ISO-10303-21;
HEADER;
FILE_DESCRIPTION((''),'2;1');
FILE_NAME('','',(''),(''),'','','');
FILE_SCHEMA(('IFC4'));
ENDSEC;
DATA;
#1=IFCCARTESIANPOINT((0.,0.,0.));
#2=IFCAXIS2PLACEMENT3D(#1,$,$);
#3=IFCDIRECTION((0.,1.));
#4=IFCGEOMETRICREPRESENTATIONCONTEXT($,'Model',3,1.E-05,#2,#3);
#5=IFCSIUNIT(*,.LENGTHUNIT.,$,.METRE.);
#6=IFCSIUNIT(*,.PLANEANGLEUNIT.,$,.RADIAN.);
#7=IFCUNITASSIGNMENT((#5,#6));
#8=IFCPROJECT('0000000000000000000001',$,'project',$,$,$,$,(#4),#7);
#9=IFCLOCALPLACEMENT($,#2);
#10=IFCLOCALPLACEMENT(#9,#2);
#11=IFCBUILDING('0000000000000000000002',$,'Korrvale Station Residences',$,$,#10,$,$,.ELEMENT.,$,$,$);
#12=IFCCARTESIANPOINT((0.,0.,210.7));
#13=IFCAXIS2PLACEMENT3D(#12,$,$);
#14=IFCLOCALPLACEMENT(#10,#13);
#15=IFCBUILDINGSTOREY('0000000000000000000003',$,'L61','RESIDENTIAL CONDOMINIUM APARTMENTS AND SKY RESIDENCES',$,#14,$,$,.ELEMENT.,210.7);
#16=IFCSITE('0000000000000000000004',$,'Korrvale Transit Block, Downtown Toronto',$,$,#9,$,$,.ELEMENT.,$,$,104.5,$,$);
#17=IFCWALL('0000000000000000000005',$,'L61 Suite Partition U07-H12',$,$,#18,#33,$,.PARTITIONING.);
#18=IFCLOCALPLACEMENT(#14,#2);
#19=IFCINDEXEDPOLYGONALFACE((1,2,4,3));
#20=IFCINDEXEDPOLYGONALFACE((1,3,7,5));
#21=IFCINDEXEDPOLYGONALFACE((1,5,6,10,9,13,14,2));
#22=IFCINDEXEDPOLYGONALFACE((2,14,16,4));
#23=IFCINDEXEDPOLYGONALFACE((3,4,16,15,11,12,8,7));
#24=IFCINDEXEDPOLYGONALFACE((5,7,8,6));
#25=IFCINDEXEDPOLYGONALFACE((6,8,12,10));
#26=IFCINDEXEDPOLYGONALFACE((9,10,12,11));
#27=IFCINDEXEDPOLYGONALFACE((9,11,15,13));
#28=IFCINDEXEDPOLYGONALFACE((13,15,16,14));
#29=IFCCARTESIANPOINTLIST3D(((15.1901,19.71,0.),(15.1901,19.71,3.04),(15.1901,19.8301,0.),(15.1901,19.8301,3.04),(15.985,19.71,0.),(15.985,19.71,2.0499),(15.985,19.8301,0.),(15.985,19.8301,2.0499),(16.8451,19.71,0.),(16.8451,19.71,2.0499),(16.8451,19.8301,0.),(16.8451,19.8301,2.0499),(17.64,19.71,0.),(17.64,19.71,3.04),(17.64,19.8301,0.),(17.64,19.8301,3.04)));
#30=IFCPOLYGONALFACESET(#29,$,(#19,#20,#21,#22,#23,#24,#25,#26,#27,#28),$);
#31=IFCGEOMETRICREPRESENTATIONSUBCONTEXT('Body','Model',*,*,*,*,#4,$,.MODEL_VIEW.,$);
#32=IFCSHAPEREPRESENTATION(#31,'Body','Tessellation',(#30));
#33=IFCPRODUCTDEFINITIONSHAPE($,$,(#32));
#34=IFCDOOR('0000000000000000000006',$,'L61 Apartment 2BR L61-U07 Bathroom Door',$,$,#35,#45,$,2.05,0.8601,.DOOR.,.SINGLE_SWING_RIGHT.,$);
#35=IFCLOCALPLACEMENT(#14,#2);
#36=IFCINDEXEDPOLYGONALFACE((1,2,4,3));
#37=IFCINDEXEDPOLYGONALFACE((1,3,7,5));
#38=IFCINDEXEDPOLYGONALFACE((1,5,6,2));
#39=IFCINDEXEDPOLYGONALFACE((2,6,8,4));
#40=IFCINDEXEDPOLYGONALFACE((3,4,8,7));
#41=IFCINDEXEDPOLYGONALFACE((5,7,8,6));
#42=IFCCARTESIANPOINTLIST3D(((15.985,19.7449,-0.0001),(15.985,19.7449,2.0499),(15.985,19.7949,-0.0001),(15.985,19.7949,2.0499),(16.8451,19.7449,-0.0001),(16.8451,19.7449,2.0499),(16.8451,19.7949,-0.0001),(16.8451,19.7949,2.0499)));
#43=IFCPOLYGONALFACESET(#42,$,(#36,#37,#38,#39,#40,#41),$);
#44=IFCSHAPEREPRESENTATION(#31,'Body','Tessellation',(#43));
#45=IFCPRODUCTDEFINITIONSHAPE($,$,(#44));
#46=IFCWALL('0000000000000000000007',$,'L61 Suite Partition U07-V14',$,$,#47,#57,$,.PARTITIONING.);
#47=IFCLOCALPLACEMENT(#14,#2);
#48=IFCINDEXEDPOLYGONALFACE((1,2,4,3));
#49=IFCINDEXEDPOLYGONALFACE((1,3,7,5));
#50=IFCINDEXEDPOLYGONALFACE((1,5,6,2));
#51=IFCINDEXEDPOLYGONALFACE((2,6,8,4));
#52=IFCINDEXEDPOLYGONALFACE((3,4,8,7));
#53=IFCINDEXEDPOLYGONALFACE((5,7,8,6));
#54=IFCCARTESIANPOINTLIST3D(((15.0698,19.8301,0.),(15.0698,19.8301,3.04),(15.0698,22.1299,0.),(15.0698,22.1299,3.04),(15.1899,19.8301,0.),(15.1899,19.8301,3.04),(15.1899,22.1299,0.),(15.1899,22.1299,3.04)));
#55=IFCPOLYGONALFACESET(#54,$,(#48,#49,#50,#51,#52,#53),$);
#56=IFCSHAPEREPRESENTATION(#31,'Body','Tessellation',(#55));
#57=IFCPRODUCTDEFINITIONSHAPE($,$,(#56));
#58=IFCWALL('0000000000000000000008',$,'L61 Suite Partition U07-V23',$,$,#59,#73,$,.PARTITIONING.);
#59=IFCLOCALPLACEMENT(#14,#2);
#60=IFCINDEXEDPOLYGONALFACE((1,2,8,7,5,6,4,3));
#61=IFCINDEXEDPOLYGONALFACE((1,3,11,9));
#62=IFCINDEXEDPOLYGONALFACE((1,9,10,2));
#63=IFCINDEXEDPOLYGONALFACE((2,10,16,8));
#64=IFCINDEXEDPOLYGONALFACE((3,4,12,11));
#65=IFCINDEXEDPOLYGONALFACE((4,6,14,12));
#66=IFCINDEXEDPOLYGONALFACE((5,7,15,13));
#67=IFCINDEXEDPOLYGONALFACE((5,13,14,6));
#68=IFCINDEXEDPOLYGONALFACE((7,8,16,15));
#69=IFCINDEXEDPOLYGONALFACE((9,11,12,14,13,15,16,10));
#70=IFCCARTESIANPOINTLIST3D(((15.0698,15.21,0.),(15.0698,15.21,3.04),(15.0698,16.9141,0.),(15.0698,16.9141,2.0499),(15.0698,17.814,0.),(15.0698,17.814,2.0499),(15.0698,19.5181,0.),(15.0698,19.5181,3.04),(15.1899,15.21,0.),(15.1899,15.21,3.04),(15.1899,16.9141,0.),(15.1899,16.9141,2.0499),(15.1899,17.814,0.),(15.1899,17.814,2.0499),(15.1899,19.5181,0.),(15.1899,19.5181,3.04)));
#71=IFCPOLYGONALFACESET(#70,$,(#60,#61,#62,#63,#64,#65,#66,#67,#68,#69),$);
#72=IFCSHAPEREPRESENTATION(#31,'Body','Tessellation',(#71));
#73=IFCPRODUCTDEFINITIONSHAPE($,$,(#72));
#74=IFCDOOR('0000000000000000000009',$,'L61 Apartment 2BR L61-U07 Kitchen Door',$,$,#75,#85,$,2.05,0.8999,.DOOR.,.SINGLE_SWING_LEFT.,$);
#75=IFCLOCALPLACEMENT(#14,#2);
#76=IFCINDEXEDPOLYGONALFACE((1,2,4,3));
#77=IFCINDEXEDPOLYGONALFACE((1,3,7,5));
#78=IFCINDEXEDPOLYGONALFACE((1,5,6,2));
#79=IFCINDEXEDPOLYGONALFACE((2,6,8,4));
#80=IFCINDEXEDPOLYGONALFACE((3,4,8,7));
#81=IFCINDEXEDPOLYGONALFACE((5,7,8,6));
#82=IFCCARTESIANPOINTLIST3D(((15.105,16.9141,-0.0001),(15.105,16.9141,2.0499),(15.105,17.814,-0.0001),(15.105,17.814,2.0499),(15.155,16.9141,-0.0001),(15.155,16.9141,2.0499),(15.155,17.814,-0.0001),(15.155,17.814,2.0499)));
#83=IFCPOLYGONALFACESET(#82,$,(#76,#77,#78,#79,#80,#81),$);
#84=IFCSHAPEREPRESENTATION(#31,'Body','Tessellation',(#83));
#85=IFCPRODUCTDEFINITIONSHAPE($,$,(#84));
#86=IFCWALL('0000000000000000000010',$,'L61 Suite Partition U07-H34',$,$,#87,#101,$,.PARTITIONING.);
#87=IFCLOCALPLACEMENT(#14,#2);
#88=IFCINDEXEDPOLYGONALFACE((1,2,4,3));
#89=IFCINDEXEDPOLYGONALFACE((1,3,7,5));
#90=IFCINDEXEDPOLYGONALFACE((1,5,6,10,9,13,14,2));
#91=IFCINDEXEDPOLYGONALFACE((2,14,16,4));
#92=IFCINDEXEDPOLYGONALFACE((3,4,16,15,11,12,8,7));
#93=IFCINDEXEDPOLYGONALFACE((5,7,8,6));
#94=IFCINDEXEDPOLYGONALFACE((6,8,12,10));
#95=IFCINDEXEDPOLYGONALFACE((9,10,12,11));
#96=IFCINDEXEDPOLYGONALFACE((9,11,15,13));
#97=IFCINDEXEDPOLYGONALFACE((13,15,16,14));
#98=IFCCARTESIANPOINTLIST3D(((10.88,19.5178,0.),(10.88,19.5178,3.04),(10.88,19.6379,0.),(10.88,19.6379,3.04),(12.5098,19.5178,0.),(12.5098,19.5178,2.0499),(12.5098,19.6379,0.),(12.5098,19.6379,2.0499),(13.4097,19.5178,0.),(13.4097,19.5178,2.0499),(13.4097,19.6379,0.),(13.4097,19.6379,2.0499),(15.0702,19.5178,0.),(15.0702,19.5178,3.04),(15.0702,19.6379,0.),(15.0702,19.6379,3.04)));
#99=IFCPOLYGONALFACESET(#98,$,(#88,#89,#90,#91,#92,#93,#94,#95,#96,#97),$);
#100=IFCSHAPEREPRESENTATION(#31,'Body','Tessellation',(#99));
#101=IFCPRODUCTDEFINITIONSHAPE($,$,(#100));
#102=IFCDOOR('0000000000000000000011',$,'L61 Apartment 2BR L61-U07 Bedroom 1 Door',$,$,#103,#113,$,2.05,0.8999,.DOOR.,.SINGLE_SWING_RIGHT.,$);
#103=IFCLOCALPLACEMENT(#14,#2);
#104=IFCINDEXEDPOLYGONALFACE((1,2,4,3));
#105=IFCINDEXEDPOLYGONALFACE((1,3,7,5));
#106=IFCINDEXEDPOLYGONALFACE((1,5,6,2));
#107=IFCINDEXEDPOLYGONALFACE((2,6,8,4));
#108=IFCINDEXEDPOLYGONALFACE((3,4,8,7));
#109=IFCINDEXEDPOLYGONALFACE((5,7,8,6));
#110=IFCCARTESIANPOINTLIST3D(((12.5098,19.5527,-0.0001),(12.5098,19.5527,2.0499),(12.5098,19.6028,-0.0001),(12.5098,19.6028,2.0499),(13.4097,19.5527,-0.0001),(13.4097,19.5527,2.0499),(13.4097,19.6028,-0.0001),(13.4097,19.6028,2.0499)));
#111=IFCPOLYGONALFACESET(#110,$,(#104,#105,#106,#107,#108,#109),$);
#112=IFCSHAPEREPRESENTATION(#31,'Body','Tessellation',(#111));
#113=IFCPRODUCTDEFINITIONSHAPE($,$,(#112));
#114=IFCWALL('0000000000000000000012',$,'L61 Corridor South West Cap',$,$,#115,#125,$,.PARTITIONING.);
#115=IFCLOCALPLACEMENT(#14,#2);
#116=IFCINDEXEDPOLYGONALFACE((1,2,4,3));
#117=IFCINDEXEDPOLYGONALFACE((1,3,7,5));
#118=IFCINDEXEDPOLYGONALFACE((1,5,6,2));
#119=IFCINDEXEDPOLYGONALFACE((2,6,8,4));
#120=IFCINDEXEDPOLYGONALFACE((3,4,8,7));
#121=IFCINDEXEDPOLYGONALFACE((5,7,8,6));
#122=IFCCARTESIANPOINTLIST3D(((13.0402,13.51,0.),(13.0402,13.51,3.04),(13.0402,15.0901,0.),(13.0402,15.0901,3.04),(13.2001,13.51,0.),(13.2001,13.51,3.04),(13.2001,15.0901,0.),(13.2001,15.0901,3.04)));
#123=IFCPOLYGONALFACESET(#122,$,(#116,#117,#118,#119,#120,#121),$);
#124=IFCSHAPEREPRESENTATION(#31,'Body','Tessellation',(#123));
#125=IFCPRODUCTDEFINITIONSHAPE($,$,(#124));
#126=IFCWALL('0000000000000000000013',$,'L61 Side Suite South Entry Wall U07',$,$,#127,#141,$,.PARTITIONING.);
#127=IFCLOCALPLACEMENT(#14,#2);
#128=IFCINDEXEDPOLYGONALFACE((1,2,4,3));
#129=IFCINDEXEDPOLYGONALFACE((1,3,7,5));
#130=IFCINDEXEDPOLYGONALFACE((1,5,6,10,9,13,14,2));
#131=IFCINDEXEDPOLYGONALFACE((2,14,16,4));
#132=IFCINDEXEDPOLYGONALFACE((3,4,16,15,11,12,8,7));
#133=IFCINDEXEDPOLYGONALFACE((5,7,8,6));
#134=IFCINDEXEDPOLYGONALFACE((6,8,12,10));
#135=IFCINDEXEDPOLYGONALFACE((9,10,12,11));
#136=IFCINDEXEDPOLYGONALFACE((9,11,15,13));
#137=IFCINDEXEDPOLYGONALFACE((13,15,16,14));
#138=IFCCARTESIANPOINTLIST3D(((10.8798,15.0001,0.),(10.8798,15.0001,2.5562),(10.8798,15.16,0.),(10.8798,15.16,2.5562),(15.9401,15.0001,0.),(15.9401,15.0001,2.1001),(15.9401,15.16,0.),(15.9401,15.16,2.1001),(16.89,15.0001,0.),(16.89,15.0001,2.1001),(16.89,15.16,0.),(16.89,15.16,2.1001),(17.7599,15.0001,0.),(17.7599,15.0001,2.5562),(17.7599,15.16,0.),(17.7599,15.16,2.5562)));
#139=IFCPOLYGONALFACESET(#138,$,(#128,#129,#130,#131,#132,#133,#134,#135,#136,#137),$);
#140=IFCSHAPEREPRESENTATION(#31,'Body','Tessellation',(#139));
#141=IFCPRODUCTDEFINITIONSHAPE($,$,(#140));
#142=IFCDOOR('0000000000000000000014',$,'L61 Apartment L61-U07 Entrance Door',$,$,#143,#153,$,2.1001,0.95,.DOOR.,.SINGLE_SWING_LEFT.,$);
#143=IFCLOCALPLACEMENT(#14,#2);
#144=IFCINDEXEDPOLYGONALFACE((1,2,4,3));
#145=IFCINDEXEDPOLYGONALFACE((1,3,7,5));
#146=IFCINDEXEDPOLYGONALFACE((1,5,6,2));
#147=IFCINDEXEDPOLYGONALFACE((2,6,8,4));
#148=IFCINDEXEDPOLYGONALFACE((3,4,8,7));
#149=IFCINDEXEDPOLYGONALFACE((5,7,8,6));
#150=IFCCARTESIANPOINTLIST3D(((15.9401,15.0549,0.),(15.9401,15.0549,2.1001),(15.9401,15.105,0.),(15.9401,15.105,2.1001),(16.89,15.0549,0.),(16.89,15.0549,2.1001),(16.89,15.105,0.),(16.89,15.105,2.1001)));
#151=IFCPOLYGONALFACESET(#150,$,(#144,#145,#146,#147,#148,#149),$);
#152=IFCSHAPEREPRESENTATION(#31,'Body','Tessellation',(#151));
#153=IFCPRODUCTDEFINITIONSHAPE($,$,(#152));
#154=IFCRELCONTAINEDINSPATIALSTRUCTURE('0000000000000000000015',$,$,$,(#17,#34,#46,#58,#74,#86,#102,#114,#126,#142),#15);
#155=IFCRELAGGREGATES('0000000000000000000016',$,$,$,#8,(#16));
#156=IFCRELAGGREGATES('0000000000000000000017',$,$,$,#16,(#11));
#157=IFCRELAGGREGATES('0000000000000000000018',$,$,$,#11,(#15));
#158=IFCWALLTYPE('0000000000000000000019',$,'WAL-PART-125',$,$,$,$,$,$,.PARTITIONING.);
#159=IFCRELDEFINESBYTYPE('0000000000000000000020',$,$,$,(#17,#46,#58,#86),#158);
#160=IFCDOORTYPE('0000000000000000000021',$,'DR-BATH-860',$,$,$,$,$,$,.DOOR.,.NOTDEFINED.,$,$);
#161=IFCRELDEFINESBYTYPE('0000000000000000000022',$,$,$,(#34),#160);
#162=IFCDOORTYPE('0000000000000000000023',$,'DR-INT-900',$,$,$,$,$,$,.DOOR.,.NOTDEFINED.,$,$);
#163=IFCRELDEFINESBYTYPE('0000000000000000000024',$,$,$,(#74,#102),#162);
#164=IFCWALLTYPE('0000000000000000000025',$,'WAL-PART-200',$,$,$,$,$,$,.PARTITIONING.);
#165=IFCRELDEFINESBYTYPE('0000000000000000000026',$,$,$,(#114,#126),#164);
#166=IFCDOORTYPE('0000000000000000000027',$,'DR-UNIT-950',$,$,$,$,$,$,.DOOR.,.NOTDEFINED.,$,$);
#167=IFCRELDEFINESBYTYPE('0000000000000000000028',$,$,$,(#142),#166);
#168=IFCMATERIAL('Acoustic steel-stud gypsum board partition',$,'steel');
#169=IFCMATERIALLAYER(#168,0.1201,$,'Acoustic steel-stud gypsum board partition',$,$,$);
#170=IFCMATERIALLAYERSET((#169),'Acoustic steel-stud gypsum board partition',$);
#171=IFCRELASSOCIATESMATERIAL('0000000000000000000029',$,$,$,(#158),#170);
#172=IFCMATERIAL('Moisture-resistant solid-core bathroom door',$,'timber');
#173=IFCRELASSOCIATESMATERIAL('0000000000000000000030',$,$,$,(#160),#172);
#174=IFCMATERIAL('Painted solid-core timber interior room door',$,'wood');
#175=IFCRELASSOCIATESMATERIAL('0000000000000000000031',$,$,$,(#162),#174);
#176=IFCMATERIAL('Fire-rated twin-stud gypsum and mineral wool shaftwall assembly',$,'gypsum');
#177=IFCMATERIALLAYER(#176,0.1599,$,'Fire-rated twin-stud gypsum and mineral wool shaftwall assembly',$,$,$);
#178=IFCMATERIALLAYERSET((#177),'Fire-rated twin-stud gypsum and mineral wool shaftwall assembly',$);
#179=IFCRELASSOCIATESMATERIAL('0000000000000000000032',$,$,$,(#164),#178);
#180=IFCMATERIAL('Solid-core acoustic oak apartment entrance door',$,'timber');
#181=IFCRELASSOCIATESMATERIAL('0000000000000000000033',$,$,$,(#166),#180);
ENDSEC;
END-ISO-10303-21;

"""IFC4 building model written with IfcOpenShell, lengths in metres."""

from ifc_helpers import new_model, si_unit, direction, frame, frame_2d, origin, place, context, subcontext, project, spatial, rectangle, extrude, material, layer, layer_set, type_object, element, fill, save


model = new_model("IFC4")

# Units and contexts
model_context = context("Model", 3, precision=1e-05, world=origin(), true_north=direction((0.0, 1.0)))
body_context = subcontext(model_context, "Body", "Model", "MODEL_VIEW")
ifc_project = project(units=[si_unit("LENGTHUNIT", "METRE"), si_unit("PLANEANGLEUNIT", "RADIAN")], contexts=[model_context])

# Site, building, storey
site_placement = place(None, origin())
site = spatial("IfcSite", under=ifc_project, at=site_placement, Name="Korrvale Transit Block, Downtown Toronto", CompositionType="ELEMENT", RefElevation=104.5)
building_placement = place(site_placement, origin())
building = spatial("IfcBuilding", under=site, at=building_placement, Name="Korrvale Station Residences", CompositionType="ELEMENT")
storey_placement = place(building_placement, frame((0.0, 0.0, 210.7)))
storey = spatial("IfcBuildingStorey", under=building, at=storey_placement, Name="L61", Description="RESIDENTIAL CONDOMINIUM APARTMENTS AND SKY RESIDENCES", CompositionType="ELEMENT", Elevation=210.7)

# Shared definitions
ifc_material_1 = material(Name="Acoustic steel-stud gypsum board partition", Category="steel")
ifc_layer_1 = layer(ifc_material_1, 0.1201, Name="Acoustic steel-stud gypsum board partition")
ifc_layer_set_1 = layer_set([ifc_layer_1], Name="Acoustic steel-stud gypsum board partition")
wall_type_1 = type_object("IfcWallType", Name="WAL-PART-125", PredefinedType="PARTITIONING", material=ifc_layer_set_1)

# Wall, opening, door
wall_1_placement = place(storey_placement, frame((15.1899, 19.77, 0.0), z_axis=(0.0, 0.0, 1.0), x_axis=(1.0, 0.0, 0.0)))
wall_1 = element("IfcWall", 1, at=wall_1_placement, inside=storey, type_object=wall_type_1, Name="L61 Suite Partition U07-H12", PredefinedType="PARTITIONING", context=body_context, shape_type="SweptSolid", body=[
    extrude(rectangle(XDim=2.45, YDim=0.1201, at=frame_2d((1.2251, 0.0))), origin(), (0.0, 0.0, 1.0), 3.04),
])
opening_1_placement = place(wall_1_placement, frame((0.7949, 0.0, 0.0)))
opening_1 = element("IfcOpeningElement", 2, at=opening_1_placement, cuts=wall_1, PredefinedType="OPENING", context=body_context, shape_type="SweptSolid", body=[
    extrude(rectangle(XDim=0.8601, YDim=2.05, at=frame_2d((0.4302, 1.0249))), frame((0.0, 0.0701, 0.0), z_axis=(0.0, -1.0, 0.0), x_axis=(1.0, 0.0, 0.0)), (0.0, 0.0, 1.0), 0.1401),
])
ifc_material_2 = material(Name="Moisture-resistant solid-core bathroom door", Category="timber")
door_type_1 = type_object("IfcDoorType", Name="DR-BATH-860", OperationType="NOTDEFINED", PredefinedType="DOOR", material=ifc_material_2)
door_1_placement = place(opening_1_placement, origin())
door_1 = element("IfcDoor", 3, at=door_1_placement, inside=storey, type_object=door_type_1, Name="L61 Apartment 2BR L61-U07 Bathroom Door", OperationType="SINGLE_SWING_RIGHT", OverallHeight=2.05, OverallWidth=0.8601, PredefinedType="DOOR", context=body_context, shape_type="SweptSolid", body=[
    extrude(rectangle(XDim=0.8601, YDim=2.05, at=frame_2d((0.4302, 1.0249))), frame((0.0, 0.0249, 0.0), z_axis=(0.0, -1.0, 0.0), x_axis=(1.0, 0.0, 0.0)), (0.0, 0.0, 1.0), 0.05),
])
fill(opening_1, door_1)

# Wall
wall_2_placement = place(storey_placement, frame((15.1299, 19.8301, 0.0), z_axis=(0.0, 0.0, 1.0), x_axis=(0.0, 1.0, 0.0)))
element("IfcWall", 4, at=wall_2_placement, inside=storey, type_object=wall_type_1, Name="L61 Suite Partition U07-V14", PredefinedType="PARTITIONING", context=body_context, shape_type="SweptSolid", body=[
    extrude(rectangle(XDim=2.2998, YDim=0.1201, at=frame_2d((1.1499, 0.0))), origin(), (0.0, 0.0, 1.0), 3.04),
])

# Walls, openings, doors
wall_3_placement = place(storey_placement, frame((15.1299, 15.21, 0.0), z_axis=(0.0, 0.0, 1.0), x_axis=(0.0, 1.0, 0.0)))
wall_3 = element("IfcWall", 5, at=wall_3_placement, inside=storey, type_object=wall_type_1, Name="L61 Suite Partition U07-V23", PredefinedType="PARTITIONING", context=body_context, shape_type="SweptSolid", body=[
    extrude(rectangle(XDim=4.3081, YDim=0.1201, at=frame_2d((2.1541, 0.0))), origin(), (0.0, 0.0, 1.0), 3.04),
])
opening_2_placement = place(wall_3_placement, frame((1.7041, 0.0, 0.0)))
opening_2 = element("IfcOpeningElement", 6, at=opening_2_placement, cuts=wall_3, PredefinedType="OPENING", context=body_context, shape_type="SweptSolid", body=[
    extrude(rectangle(XDim=0.8999, YDim=2.05, at=frame_2d((0.45, 1.0249))), frame((0.0, 0.0701, 0.0), z_axis=(0.0, -1.0, 0.0), x_axis=(1.0, 0.0, 0.0)), (0.0, 0.0, 1.0), 0.1401),
])
ifc_material_3 = material(Name="Painted solid-core timber interior room door", Category="wood")
door_type_2 = type_object("IfcDoorType", Name="DR-INT-900", OperationType="NOTDEFINED", PredefinedType="DOOR", material=ifc_material_3)
door_2_placement = place(opening_2_placement, origin())
door_2 = element("IfcDoor", 7, at=door_2_placement, inside=storey, type_object=door_type_2, Name="L61 Apartment 2BR L61-U07 Kitchen Door", OperationType="SINGLE_SWING_LEFT", OverallHeight=2.05, OverallWidth=0.8999, PredefinedType="DOOR", context=body_context, shape_type="SweptSolid", body=[
    extrude(rectangle(XDim=0.8999, YDim=2.05, at=frame_2d((0.45, 1.0249))), frame((0.0, 0.0249, 0.0), z_axis=(0.0, -1.0, 0.0), x_axis=(1.0, 0.0, 0.0)), (0.0, 0.0, 1.0), 0.05),
])
fill(opening_2, door_2)
wall_4_placement = place(storey_placement, frame((10.8799, 19.5779, 0.0), z_axis=(0.0, 0.0, 1.0), x_axis=(1.0, 0.0, 0.0)))
wall_4 = element("IfcWall", 8, at=wall_4_placement, inside=storey, type_object=wall_type_1, Name="L61 Suite Partition U07-H34", PredefinedType="PARTITIONING", context=body_context, shape_type="SweptSolid", body=[
    extrude(rectangle(XDim=4.1902, YDim=0.1201, at=frame_2d((2.0952, 0.0))), origin(), (0.0, 0.0, 1.0), 3.04),
])
opening_3_placement = place(wall_4_placement, frame((1.6299, 0.0, 0.0)))
opening_3 = element("IfcOpeningElement", 9, at=opening_3_placement, cuts=wall_4, PredefinedType="OPENING", context=body_context, shape_type="SweptSolid", body=[
    extrude(rectangle(XDim=0.8999, YDim=2.05, at=frame_2d((0.45, 1.0249))), frame((0.0, 0.0701, 0.0), z_axis=(0.0, -1.0, 0.0), x_axis=(1.0, 0.0, 0.0)), (0.0, 0.0, 1.0), 0.1401),
])
door_3_placement = place(opening_3_placement, origin())
door_3 = element("IfcDoor", 10, at=door_3_placement, inside=storey, type_object=door_type_2, Name="L61 Apartment 2BR L61-U07 Bedroom 1 Door", OperationType="SINGLE_SWING_RIGHT", OverallHeight=2.05, OverallWidth=0.8999, PredefinedType="DOOR", context=body_context, shape_type="SweptSolid", body=[
    extrude(rectangle(XDim=0.8999, YDim=2.05, at=frame_2d((0.45, 1.0249))), frame((0.0, 0.0249, 0.0), z_axis=(0.0, -1.0, 0.0), x_axis=(1.0, 0.0, 0.0)), (0.0, 0.0, 1.0), 0.05),
])
fill(opening_3, door_3)

# Wall
ifc_material_4 = material(Name="Fire-rated twin-stud gypsum and mineral wool shaftwall assembly", Category="gypsum")
ifc_layer_2 = layer(ifc_material_4, 0.1599, Name="Fire-rated twin-stud gypsum and mineral wool shaftwall assembly")
ifc_layer_set_2 = layer_set([ifc_layer_2], Name="Fire-rated twin-stud gypsum and mineral wool shaftwall assembly")
wall_type_2 = type_object("IfcWallType", Name="WAL-PART-200", PredefinedType="PARTITIONING", material=ifc_layer_set_2)
wall_5_placement = place(storey_placement, frame((13.1201, 13.51, 0.0), z_axis=(0.0, 0.0, 1.0), x_axis=(0.0, 1.0, 0.0)))
element("IfcWall", 11, at=wall_5_placement, inside=storey, type_object=wall_type_2, Name="L61 Corridor South West Cap", PredefinedType="PARTITIONING", context=body_context, shape_type="SweptSolid", body=[
    extrude(rectangle(XDim=1.5801, YDim=0.1599, at=frame_2d((0.79, 0.0))), origin(), (0.0, 0.0, 1.0), 3.04),
])

# Wall, opening, door
wall_6_placement = place(storey_placement, frame((10.8799, 15.0801, 0.0), z_axis=(0.0, 0.0, 1.0), x_axis=(1.0, 0.0, 0.0)))
wall_6 = element("IfcWall", 12, at=wall_6_placement, inside=storey, type_object=wall_type_2, Name="L61 Side Suite South Entry Wall U07", PredefinedType="PARTITIONING", context=body_context, shape_type="SweptSolid", body=[
    extrude(rectangle(XDim=6.8801, YDim=0.1599, at=frame_2d((3.4399, 0.0))), origin(), (0.0, 0.0, 1.0), 2.5562),
])
opening_4_placement = place(wall_6_placement, frame((5.0601, 0.0, 0.0)))
opening_4 = element("IfcOpeningElement", 13, at=opening_4_placement, cuts=wall_6, PredefinedType="OPENING", context=body_context, shape_type="SweptSolid", body=[
    extrude(rectangle(XDim=0.95, YDim=2.1001, at=frame_2d((0.4751, 1.05))), frame((0.0, 0.0898, 0.0), z_axis=(0.0, -1.0, 0.0), x_axis=(1.0, 0.0, 0.0)), (0.0, 0.0, 1.0), 0.1799),
])
ifc_material_5 = material(Name="Solid-core acoustic oak apartment entrance door", Category="timber")
door_type_3 = type_object("IfcDoorType", Name="DR-UNIT-950", OperationType="NOTDEFINED", PredefinedType="DOOR", material=ifc_material_5)
door_4_placement = place(opening_4_placement, origin())
door_4 = element("IfcDoor", 14, at=door_4_placement, inside=storey, type_object=door_type_3, Name="L61 Apartment L61-U07 Entrance Door", OperationType="SINGLE_SWING_LEFT", OverallHeight=2.1001, OverallWidth=0.95, PredefinedType="DOOR", context=body_context, shape_type="SweptSolid", body=[
    extrude(rectangle(XDim=0.95, YDim=2.1001, at=frame_2d((0.4751, 1.05))), frame((0.0, 0.0249, 0.0), z_axis=(0.0, -1.0, 0.0), x_axis=(1.0, 0.0, 0.0)), (0.0, 0.0, 1.0), 0.05),
])
fill(opening_4, door_4)

save(model, "model.ifc")
